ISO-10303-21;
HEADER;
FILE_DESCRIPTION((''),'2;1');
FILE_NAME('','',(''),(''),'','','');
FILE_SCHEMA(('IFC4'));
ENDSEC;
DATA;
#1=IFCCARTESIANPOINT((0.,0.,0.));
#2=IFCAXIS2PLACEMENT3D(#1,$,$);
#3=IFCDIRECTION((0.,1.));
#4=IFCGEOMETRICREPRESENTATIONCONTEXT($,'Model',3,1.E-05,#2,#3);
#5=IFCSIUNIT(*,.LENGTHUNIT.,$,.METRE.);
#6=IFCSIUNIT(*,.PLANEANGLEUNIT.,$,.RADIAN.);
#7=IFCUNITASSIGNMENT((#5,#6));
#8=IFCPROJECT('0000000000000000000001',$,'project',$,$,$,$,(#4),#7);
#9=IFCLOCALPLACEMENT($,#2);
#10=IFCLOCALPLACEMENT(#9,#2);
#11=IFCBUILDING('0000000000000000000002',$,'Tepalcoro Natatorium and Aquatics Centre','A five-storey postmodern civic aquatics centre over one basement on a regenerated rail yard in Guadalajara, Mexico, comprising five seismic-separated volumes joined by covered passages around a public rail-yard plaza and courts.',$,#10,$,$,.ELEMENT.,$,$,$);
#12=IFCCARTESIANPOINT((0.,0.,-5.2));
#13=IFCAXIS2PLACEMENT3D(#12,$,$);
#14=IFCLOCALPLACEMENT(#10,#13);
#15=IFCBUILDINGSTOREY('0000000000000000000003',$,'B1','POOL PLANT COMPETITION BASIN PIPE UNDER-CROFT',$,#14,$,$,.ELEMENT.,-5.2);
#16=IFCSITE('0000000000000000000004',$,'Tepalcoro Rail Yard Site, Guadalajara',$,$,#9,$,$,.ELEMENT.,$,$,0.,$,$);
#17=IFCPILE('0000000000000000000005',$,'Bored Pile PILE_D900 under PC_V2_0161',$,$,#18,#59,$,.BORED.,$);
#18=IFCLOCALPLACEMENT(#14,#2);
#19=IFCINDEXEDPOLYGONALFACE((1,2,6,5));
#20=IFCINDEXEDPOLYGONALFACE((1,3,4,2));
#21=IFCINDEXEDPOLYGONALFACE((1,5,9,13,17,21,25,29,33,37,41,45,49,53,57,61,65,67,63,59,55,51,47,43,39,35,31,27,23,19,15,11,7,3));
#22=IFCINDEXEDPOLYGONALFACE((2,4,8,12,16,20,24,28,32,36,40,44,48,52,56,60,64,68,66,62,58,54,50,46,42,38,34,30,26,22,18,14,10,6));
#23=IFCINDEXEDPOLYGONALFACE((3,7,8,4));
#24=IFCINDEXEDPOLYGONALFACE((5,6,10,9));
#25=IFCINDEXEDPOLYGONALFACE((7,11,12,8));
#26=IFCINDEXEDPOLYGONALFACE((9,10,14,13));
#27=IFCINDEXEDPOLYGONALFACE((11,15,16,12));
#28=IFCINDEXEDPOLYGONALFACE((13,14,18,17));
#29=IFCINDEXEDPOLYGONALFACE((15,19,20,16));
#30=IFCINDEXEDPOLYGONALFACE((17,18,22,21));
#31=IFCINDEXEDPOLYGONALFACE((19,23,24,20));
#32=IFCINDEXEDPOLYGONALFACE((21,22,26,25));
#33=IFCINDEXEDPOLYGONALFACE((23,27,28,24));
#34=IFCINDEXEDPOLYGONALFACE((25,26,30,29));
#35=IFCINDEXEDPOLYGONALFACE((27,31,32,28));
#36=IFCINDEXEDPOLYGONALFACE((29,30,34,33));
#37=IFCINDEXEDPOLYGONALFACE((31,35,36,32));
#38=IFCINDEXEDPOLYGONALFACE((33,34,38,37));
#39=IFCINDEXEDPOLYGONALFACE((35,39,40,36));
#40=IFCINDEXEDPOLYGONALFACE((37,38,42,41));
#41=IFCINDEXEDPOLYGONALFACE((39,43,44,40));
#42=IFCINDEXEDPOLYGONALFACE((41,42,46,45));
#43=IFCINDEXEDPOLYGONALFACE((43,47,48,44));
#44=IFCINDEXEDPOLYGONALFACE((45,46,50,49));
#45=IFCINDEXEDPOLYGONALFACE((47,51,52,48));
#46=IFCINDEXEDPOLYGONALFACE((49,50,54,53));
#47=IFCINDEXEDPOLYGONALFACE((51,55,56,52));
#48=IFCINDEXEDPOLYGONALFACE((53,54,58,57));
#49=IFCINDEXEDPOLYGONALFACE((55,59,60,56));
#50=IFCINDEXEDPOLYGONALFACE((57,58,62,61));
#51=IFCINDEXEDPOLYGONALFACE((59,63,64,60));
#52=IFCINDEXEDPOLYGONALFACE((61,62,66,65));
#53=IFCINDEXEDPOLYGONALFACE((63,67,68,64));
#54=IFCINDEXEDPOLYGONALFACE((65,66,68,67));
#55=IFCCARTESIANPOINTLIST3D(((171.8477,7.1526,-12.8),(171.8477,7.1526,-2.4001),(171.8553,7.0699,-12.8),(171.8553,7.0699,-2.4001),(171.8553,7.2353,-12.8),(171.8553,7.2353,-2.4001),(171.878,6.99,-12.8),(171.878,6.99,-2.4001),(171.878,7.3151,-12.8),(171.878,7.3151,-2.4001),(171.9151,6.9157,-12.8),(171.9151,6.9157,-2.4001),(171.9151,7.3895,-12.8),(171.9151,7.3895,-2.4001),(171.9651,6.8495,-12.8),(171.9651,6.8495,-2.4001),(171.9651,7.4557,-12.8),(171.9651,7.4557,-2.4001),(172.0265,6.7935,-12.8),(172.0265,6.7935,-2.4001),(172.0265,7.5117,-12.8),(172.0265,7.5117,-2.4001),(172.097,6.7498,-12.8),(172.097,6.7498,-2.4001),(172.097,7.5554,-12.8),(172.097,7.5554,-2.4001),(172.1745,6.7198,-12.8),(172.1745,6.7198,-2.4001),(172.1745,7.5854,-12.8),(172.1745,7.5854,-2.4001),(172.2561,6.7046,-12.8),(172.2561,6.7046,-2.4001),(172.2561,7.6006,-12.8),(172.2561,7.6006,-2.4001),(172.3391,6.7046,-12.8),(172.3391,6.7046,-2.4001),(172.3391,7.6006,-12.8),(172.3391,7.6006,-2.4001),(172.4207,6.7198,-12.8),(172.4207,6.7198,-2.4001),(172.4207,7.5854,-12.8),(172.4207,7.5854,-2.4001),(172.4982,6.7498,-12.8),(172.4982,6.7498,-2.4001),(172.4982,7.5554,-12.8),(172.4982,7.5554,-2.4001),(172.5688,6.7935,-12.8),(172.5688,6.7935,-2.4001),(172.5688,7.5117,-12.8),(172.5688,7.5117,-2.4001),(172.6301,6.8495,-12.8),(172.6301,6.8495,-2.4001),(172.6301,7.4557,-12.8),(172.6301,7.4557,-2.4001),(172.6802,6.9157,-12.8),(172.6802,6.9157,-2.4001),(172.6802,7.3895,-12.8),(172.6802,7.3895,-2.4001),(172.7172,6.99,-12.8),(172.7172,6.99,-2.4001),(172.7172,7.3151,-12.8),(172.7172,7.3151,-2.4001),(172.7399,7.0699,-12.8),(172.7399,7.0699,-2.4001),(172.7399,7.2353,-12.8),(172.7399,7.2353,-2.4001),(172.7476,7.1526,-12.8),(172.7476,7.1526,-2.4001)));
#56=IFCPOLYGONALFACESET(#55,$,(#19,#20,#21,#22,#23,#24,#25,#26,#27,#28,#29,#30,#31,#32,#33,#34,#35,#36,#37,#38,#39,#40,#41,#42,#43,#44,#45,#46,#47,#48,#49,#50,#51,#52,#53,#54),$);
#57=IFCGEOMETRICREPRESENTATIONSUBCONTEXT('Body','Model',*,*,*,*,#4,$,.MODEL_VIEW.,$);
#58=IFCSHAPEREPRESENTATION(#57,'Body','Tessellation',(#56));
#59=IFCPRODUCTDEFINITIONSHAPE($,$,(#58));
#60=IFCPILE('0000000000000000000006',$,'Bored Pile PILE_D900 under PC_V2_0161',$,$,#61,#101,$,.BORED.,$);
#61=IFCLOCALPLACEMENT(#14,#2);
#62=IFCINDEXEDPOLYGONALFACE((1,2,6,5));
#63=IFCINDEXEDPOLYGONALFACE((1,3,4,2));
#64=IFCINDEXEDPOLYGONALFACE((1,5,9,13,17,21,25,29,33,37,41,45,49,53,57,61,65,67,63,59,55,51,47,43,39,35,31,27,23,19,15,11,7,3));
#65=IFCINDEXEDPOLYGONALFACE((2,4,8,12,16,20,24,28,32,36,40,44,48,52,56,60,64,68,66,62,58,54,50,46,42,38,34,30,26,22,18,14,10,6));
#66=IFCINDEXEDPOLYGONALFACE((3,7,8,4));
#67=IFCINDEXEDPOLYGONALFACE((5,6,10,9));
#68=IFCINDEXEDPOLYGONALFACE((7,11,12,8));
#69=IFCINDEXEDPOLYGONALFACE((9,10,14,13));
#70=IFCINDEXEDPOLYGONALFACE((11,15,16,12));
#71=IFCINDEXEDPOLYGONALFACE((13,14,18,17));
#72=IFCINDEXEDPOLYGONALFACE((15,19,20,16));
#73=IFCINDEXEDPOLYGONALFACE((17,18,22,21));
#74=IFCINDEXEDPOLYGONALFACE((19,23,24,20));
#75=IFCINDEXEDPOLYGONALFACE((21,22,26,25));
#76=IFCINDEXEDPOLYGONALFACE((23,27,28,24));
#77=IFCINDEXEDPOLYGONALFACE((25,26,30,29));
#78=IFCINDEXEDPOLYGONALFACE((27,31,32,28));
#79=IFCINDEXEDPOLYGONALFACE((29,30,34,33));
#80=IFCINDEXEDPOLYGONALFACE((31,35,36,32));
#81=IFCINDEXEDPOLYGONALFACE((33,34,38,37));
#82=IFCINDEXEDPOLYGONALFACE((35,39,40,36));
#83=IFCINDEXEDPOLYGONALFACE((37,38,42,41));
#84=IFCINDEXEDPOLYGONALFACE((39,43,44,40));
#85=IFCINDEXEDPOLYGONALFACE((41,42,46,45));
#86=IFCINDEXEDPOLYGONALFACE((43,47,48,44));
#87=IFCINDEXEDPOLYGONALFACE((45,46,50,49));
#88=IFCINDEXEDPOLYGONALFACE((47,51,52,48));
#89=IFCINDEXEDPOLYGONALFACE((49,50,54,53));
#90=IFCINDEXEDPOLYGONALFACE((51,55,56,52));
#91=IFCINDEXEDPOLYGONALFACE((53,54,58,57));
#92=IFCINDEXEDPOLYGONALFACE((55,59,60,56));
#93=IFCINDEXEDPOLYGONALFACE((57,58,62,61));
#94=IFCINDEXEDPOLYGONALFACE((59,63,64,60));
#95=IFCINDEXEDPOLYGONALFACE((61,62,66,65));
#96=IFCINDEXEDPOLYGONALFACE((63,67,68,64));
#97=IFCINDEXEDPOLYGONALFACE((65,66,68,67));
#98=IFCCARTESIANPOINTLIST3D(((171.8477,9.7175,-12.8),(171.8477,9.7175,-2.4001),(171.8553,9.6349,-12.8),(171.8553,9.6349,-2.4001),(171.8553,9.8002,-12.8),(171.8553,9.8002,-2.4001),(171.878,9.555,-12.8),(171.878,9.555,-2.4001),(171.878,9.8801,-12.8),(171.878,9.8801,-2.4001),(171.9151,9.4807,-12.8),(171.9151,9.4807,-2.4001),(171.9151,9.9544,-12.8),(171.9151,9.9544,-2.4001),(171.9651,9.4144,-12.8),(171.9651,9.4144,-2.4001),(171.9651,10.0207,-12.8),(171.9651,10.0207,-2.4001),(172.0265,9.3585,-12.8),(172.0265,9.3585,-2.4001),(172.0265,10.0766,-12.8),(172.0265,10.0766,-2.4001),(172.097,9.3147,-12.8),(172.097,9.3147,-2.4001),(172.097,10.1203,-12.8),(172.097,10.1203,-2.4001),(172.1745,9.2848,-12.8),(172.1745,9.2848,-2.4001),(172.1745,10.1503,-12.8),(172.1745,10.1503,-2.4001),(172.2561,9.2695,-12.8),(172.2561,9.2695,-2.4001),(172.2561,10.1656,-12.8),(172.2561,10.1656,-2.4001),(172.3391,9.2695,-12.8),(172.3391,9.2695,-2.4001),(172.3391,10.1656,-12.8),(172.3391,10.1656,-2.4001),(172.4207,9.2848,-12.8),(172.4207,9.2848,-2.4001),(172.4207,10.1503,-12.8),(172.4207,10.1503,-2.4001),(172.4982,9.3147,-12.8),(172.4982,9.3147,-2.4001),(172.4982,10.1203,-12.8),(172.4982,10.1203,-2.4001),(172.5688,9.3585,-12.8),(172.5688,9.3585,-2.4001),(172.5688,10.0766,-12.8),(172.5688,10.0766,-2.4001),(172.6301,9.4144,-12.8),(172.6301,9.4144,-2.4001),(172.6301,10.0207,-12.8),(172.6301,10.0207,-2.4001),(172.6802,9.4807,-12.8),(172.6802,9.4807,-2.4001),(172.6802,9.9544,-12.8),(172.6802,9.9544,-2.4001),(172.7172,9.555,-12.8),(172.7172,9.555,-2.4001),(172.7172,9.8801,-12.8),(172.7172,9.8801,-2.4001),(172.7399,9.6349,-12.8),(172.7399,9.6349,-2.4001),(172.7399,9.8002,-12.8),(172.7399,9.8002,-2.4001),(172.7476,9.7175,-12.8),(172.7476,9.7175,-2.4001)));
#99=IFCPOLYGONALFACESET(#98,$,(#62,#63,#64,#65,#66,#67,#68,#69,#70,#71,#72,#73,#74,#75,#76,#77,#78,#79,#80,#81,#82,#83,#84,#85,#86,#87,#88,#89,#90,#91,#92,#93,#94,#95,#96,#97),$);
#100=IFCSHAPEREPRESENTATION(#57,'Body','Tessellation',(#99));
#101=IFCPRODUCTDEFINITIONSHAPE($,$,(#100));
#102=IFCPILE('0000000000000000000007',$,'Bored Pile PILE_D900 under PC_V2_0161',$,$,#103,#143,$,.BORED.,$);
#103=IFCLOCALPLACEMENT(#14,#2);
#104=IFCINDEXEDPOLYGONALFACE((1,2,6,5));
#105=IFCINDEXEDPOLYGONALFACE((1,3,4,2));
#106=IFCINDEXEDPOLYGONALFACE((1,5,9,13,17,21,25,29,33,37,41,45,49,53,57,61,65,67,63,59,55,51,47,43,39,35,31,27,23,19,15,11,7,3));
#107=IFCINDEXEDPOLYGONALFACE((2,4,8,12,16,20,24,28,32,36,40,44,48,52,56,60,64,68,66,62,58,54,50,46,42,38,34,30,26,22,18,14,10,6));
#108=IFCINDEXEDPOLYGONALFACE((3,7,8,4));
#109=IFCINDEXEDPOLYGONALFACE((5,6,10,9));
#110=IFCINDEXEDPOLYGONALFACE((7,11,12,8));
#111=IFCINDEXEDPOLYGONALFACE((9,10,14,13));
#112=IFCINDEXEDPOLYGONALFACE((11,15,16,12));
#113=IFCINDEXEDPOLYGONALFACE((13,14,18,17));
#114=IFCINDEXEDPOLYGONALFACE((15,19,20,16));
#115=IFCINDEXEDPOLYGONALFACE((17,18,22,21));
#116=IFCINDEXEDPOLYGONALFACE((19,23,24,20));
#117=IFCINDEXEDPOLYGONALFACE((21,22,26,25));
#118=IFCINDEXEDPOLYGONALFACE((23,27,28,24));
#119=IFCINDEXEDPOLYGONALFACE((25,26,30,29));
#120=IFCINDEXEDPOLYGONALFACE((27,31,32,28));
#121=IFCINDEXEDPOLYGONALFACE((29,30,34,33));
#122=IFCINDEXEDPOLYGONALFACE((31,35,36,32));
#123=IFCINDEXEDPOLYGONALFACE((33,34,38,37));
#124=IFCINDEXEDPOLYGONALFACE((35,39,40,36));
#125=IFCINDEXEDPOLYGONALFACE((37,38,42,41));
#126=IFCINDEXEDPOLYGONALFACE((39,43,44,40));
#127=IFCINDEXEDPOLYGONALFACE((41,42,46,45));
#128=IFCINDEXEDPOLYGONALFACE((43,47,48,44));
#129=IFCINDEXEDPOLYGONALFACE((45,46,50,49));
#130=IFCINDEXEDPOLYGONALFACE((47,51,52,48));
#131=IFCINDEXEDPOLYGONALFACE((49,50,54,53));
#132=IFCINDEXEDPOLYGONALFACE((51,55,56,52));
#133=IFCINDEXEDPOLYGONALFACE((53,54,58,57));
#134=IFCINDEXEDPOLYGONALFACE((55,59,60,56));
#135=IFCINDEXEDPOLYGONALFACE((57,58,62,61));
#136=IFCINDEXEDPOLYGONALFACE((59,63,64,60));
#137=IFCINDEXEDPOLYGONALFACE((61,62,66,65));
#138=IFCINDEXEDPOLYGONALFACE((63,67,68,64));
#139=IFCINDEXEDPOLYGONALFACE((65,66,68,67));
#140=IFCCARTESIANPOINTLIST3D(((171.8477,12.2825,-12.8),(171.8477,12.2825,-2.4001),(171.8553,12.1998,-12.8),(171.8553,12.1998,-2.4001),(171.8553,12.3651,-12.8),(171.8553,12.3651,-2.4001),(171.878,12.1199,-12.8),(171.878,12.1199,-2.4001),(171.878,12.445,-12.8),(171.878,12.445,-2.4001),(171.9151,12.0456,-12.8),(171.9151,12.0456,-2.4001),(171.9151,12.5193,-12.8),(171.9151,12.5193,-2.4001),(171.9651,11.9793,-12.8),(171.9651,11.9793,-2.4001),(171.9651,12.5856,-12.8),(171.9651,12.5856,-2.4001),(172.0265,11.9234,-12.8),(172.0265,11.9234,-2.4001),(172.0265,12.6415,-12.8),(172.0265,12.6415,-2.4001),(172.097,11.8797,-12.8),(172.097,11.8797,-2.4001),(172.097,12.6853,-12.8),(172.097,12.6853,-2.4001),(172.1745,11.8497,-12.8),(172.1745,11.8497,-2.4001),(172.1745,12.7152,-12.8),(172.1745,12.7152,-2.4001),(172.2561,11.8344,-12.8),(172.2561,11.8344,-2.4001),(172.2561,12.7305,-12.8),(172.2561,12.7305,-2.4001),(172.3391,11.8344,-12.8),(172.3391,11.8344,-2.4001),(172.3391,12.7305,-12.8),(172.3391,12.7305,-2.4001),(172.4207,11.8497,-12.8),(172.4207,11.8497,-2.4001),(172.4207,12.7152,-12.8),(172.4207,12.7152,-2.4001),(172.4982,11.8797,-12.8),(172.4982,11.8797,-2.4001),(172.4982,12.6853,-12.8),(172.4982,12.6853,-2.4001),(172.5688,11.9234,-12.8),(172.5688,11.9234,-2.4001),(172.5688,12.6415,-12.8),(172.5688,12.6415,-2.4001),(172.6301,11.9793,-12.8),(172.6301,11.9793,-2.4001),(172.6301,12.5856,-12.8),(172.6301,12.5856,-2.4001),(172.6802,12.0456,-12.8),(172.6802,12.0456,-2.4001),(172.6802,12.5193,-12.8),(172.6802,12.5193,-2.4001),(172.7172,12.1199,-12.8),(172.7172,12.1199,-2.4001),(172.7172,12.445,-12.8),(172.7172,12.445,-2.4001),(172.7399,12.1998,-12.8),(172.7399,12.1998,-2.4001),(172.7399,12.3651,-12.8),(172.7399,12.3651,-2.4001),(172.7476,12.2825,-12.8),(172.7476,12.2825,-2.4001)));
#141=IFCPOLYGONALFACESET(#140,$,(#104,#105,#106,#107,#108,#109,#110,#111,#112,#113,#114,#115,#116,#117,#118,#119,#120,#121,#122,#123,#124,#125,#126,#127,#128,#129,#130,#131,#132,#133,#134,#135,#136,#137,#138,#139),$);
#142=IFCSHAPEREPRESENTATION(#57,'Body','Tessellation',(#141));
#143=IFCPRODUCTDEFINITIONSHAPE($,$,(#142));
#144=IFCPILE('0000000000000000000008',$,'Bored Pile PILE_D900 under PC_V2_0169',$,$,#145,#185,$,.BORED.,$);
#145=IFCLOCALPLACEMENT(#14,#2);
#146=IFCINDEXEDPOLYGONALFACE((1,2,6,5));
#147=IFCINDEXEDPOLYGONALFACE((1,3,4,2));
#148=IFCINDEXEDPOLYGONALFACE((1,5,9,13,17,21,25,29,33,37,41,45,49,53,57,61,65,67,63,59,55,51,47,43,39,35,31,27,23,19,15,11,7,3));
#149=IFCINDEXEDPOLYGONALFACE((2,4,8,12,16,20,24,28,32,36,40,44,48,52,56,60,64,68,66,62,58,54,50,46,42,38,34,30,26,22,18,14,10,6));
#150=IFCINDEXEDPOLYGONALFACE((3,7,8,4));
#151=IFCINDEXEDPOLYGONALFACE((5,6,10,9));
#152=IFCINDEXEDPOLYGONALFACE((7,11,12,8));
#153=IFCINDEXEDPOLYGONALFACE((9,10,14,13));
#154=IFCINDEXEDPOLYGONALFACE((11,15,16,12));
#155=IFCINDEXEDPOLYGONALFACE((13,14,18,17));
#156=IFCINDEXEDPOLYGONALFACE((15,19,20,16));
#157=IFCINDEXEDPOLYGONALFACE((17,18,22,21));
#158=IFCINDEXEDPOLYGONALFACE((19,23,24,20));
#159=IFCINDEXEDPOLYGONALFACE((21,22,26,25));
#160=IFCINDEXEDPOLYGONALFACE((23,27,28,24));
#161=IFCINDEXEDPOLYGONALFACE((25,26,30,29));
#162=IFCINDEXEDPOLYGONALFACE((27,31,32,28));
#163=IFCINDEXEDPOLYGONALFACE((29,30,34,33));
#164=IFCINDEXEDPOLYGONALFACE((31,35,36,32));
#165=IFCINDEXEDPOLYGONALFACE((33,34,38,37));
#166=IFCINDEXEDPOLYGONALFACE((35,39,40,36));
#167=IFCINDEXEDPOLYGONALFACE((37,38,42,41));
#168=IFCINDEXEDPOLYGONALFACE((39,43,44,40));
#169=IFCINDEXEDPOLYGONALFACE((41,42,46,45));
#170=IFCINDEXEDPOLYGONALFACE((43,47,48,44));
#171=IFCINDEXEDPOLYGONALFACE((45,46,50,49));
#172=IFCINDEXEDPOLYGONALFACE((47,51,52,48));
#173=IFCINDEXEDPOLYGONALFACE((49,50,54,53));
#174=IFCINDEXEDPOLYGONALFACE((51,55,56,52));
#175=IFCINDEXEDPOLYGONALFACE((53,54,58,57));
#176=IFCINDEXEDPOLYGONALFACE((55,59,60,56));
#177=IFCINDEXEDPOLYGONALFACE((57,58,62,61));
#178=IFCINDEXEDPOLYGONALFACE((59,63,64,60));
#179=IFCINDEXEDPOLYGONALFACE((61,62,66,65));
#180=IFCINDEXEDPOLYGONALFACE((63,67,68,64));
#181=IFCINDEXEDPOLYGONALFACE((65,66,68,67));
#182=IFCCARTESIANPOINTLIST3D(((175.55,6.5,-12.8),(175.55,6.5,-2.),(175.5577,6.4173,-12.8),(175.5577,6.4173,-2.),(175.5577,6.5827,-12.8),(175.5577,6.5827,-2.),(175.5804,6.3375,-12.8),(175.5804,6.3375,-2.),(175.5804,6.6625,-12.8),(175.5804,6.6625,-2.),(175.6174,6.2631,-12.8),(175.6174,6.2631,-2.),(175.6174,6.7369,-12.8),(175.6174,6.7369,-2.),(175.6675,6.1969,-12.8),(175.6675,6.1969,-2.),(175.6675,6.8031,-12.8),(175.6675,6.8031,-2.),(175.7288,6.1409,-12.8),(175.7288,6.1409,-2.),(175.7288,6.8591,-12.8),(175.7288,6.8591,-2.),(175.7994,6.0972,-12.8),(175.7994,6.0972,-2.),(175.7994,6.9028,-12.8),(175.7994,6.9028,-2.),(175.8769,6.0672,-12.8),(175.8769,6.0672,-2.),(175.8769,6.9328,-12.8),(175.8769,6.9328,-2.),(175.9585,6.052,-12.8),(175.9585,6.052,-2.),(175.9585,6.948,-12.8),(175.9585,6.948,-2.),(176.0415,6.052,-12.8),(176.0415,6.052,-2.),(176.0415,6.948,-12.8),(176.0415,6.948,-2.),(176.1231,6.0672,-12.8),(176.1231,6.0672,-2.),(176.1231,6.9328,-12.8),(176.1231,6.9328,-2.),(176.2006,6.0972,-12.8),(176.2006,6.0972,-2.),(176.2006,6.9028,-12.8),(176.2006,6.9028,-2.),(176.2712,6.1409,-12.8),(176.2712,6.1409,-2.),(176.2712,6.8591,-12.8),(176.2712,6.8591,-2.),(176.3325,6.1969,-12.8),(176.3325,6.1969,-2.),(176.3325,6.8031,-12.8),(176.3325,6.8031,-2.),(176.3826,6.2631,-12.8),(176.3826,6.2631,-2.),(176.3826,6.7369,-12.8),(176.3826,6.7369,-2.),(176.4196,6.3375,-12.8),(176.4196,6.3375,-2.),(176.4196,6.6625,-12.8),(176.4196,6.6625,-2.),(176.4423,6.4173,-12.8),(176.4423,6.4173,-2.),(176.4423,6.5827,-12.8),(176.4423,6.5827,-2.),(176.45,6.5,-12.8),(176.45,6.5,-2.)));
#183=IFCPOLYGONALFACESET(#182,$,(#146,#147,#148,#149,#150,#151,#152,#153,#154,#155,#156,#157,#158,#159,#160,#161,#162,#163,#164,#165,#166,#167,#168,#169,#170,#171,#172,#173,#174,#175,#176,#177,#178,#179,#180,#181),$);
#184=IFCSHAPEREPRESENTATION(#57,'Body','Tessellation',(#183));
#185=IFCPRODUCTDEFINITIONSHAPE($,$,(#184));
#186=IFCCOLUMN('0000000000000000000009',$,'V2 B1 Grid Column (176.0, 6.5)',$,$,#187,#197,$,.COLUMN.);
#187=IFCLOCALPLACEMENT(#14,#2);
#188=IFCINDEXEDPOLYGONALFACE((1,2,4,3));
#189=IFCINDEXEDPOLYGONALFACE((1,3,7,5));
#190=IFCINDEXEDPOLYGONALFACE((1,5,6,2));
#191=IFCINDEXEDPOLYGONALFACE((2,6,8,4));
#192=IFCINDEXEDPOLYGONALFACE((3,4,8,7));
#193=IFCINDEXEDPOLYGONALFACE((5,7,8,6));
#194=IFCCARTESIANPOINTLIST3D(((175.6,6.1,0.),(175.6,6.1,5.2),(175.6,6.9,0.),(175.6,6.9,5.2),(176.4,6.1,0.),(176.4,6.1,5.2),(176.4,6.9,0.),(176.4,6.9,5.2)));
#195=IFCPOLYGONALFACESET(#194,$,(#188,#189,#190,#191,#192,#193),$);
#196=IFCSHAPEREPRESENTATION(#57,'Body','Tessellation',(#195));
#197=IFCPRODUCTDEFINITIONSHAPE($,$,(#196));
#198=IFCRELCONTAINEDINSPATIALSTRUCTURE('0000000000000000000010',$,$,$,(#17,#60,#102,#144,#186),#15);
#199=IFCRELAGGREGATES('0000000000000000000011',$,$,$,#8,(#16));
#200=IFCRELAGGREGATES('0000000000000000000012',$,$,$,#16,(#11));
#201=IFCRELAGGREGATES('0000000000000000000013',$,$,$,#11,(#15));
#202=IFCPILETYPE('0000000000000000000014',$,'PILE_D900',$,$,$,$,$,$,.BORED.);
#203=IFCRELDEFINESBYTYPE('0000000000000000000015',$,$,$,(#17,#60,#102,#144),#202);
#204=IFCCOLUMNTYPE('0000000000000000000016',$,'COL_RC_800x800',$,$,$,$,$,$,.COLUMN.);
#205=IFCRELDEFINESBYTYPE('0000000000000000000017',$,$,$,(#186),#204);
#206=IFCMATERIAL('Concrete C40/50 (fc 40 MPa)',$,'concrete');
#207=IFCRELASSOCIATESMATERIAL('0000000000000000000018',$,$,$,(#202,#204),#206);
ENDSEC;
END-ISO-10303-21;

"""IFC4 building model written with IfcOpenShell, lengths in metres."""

from ifc_helpers import new_model, si_unit, direction, frame, origin, origin_2d, place, context, subcontext, project, spatial, rectangle, circle, extrude, material, material_profile, profile_set, type_object, element, save


model = new_model("IFC4")

# Units and contexts
model_context = context("Model", 3, precision=1e-05, world=origin(), true_north=direction((0.0, 1.0)))
body_context = subcontext(model_context, "Body", "Model", "MODEL_VIEW")
ifc_project = project(units=[si_unit("LENGTHUNIT", "METRE"), si_unit("PLANEANGLEUNIT", "RADIAN")], contexts=[model_context])

# Site, building, storey
site_placement = place(None, origin())
site = spatial("IfcSite", under=ifc_project, at=site_placement, Name="Tepalcoro Rail Yard Site, Guadalajara", CompositionType="ELEMENT", RefElevation=0.0)
building_placement = place(site_placement, origin())
building = spatial("IfcBuilding", under=site, at=building_placement, Name="Tepalcoro Natatorium and Aquatics Centre", Description="A five-storey postmodern civic aquatics centre over one basement on a regenerated rail yard in Guadalajara, Mexico, comprising five seismic-separated volumes joined by covered passages around a public rail-yard plaza and courts.", CompositionType="ELEMENT")
storey_placement = place(building_placement, frame((0.0, 0.0, -5.2)))
storey = spatial("IfcBuildingStorey", under=building, at=storey_placement, Name="B1", Description="POOL PLANT COMPETITION BASIN PIPE UNDER-CROFT", CompositionType="ELEMENT", Elevation=-5.2)

# Piles
ifc_material_1 = material(Name="Concrete C40/50 (fc 40 MPa)", Category="concrete")
ifc_material_profile_1 = material_profile(ifc_material_1, circle(Radius=0.45, at=origin_2d()), Name="PILE_D900")
ifc_profile_set_1 = profile_set([ifc_material_profile_1], Name="Concrete C40/50 (fc 40 MPa)")
pile_type_1 = type_object("IfcPileType", Name="PILE_D900", PredefinedType="BORED", material=ifc_profile_set_1)
for number, where, z_axis, x_axis, name in (
    (1, (172.2976, 7.1526, -2.4001), (0.0, 0.0, -1.0), (1.0, 0.0, 0.0), "Bored Pile PILE_D900 under PC_V2_0161"),
    (2, (172.2976, 9.7175, -2.4001), (0.0, 0.0, -1.0), (1.0, 0.0, 0.0), "Bored Pile PILE_D900 under PC_V2_0161"),
    (3, (172.2976, 12.2825, -2.4001), (0.0, 0.0, -1.0), (1.0, 0.0, 0.0), "Bored Pile PILE_D900 under PC_V2_0161"),
):
    element("IfcPile", number, at=place(storey_placement, frame(where, z_axis=z_axis, x_axis=x_axis)), inside=storey, type_object=pile_type_1, Name=name, PredefinedType="BORED", context=body_context, shape_type="SweptSolid", body=[
        extrude(circle(Radius=0.45, at=origin_2d()), origin(), (0.0, 0.0, 1.0), 10.3999),
    ])
pile_1_placement = place(storey_placement, frame((176.0, 6.5, -2.0), z_axis=(0.0, 0.0, -1.0), x_axis=(1.0, 0.0, 0.0)))
element("IfcPile", 4, at=pile_1_placement, inside=storey, type_object=pile_type_1, Name="Bored Pile PILE_D900 under PC_V2_0169", PredefinedType="BORED", context=body_context, shape_type="SweptSolid", body=[
    extrude(circle(Radius=0.45, at=origin_2d()), origin(), (0.0, 0.0, 1.0), 10.8),
])

# Column
ifc_material_profile_2 = material_profile(ifc_material_1, rectangle(XDim=0.8, YDim=0.8, at=origin_2d()), Name="RC800x800")
ifc_profile_set_2 = profile_set([ifc_material_profile_2], Name="Concrete C40/50 (fc 40 MPa)")
column_type_1 = type_object("IfcColumnType", Name="COL_RC_800x800", PredefinedType="COLUMN", material=ifc_profile_set_2)
column_1_placement = place(storey_placement, frame((176.0, 6.5, 0.0), z_axis=(0.0, 0.0, 1.0), x_axis=(1.0, 0.0, 0.0)))
element("IfcColumn", 5, at=column_1_placement, inside=storey, type_object=column_type_1, Name="V2 B1 Grid Column (176.0, 6.5)", PredefinedType="COLUMN", context=body_context, shape_type="SweptSolid", body=[
    extrude(rectangle(XDim=0.8, YDim=0.8, at=origin_2d()), origin(), (0.0, 0.0, 1.0), 5.2),
])

save(model, "model.ifc")
